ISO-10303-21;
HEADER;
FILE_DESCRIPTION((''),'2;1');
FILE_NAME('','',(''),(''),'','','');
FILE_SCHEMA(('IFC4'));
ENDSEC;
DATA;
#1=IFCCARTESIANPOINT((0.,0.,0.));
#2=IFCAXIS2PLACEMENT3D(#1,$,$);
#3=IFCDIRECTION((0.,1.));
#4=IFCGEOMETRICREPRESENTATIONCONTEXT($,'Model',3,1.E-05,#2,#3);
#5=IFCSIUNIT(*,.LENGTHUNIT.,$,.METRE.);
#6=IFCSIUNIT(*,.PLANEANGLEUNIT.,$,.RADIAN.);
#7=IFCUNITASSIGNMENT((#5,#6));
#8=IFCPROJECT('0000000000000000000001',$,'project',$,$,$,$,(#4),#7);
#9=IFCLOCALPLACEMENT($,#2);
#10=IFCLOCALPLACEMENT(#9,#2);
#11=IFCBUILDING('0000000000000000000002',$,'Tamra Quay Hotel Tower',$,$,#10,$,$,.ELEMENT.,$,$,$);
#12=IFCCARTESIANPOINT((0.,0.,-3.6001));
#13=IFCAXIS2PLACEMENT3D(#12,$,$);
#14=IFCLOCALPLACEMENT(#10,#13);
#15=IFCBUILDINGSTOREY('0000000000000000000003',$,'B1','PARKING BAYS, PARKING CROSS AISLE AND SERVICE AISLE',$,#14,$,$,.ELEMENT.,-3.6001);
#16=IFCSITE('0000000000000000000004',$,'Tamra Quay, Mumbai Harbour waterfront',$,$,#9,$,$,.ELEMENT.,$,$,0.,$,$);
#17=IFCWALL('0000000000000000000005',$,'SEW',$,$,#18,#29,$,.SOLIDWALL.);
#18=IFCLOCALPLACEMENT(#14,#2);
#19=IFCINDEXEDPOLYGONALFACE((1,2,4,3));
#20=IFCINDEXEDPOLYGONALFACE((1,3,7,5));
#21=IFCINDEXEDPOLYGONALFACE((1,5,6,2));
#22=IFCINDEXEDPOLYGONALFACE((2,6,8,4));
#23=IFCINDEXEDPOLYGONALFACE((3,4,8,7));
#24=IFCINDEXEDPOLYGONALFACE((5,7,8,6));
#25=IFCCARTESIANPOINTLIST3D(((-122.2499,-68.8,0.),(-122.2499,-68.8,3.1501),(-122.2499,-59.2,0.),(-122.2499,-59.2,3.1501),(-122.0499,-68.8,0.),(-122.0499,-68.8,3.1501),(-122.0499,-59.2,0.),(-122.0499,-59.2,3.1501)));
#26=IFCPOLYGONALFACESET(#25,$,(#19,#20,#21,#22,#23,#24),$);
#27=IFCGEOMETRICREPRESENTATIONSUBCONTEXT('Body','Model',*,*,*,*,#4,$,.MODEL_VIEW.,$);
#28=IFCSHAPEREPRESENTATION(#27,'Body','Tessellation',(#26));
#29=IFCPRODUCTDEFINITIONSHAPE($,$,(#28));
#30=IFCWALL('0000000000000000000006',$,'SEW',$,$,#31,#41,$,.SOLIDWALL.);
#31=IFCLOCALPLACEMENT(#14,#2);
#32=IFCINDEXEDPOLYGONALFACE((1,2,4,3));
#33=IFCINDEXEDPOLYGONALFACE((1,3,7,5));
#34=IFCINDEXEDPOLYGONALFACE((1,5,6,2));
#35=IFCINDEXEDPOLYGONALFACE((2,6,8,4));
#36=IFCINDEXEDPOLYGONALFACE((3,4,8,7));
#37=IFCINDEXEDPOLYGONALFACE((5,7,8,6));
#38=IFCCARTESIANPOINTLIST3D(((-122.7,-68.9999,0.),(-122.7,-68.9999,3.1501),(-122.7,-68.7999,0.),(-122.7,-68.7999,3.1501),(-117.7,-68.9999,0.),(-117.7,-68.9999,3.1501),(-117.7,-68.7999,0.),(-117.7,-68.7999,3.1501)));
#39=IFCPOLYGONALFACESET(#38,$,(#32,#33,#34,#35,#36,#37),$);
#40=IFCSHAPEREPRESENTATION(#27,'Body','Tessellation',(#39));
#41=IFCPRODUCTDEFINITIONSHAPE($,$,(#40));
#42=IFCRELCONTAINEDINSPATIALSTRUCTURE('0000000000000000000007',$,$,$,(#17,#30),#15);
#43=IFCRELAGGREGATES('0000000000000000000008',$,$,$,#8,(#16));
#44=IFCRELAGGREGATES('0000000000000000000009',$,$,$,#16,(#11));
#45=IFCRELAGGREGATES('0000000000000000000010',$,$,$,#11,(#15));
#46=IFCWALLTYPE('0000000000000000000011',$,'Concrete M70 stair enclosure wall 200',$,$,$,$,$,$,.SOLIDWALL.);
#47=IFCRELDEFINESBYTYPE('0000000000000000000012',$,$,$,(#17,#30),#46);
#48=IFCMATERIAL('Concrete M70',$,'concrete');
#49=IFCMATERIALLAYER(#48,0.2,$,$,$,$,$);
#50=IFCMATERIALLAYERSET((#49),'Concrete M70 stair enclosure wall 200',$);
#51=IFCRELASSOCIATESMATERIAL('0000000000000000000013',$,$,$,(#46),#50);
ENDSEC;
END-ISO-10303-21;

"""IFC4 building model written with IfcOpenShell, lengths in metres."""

from ifc_helpers import new_model, si_unit, direction, frame, frame_2d, origin, place, context, subcontext, project, spatial, rectangle, extrude, material, layer, layer_set, type_object, element, save


model = new_model("IFC4")

# Units and contexts
model_context = context("Model", 3, precision=1e-05, world=origin(), true_north=direction((0.0, 1.0)))
body_context = subcontext(model_context, "Body", "Model", "MODEL_VIEW")
ifc_project = project(units=[si_unit("LENGTHUNIT", "METRE"), si_unit("PLANEANGLEUNIT", "RADIAN")], contexts=[model_context])

# Site, building, storey
site_placement = place(None, origin())
site = spatial("IfcSite", under=ifc_project, at=site_placement, Name="Tamra Quay, Mumbai Harbour waterfront", CompositionType="ELEMENT", RefElevation=0.0)
building_placement = place(site_placement, origin())
building = spatial("IfcBuilding", under=site, at=building_placement, Name="Tamra Quay Hotel Tower", CompositionType="ELEMENT")
storey_placement = place(building_placement, frame((0.0, 0.0, -3.6001)))
storey = spatial("IfcBuildingStorey", under=building, at=storey_placement, Name="B1", Description="PARKING BAYS, PARKING CROSS AISLE AND SERVICE AISLE", CompositionType="ELEMENT", Elevation=-3.6001)

# Shared definitions
ifc_material_1 = material(Name="Concrete M70", Category="concrete")

# Walls
ifc_layer_1 = layer(ifc_material_1, 0.2)
ifc_layer_set_1 = layer_set([ifc_layer_1], Name="Concrete M70 stair enclosure wall 200")
wall_type_1 = type_object("IfcWallType", Name="Concrete M70 stair enclosure wall 200", PredefinedType="SOLIDWALL", material=ifc_layer_set_1)
wall_1_placement = place(storey_placement, frame((-122.1499, -68.8, 0.0), z_axis=(0.0, 0.0, 1.0), x_axis=(0.0, 1.0, 0.0)))
element("IfcWall", 1, at=wall_1_placement, inside=storey, type_object=wall_type_1, Name="SEW", PredefinedType="SOLIDWALL", context=body_context, shape_type="SweptSolid", body=[
    extrude(rectangle(XDim=9.6001, YDim=0.2, at=frame_2d((4.8, 0.0))), origin(), (0.0, 0.0, 1.0), 3.1501),
])
wall_2_placement = place(storey_placement, frame((-117.7, -68.8999, 0.0), z_axis=(0.0, 0.0, 1.0), x_axis=(-1.0, 0.0, 0.0)))
element("IfcWall", 2, at=wall_2_placement, inside=storey, type_object=wall_type_1, Name="SEW", PredefinedType="SOLIDWALL", context=body_context, shape_type="SweptSolid", body=[
    extrude(rectangle(XDim=5.0, YDim=0.2, at=frame_2d((2.5, 0.0))), origin(), (0.0, 0.0, 1.0), 3.1501),
])

save(model, "model.ifc")
